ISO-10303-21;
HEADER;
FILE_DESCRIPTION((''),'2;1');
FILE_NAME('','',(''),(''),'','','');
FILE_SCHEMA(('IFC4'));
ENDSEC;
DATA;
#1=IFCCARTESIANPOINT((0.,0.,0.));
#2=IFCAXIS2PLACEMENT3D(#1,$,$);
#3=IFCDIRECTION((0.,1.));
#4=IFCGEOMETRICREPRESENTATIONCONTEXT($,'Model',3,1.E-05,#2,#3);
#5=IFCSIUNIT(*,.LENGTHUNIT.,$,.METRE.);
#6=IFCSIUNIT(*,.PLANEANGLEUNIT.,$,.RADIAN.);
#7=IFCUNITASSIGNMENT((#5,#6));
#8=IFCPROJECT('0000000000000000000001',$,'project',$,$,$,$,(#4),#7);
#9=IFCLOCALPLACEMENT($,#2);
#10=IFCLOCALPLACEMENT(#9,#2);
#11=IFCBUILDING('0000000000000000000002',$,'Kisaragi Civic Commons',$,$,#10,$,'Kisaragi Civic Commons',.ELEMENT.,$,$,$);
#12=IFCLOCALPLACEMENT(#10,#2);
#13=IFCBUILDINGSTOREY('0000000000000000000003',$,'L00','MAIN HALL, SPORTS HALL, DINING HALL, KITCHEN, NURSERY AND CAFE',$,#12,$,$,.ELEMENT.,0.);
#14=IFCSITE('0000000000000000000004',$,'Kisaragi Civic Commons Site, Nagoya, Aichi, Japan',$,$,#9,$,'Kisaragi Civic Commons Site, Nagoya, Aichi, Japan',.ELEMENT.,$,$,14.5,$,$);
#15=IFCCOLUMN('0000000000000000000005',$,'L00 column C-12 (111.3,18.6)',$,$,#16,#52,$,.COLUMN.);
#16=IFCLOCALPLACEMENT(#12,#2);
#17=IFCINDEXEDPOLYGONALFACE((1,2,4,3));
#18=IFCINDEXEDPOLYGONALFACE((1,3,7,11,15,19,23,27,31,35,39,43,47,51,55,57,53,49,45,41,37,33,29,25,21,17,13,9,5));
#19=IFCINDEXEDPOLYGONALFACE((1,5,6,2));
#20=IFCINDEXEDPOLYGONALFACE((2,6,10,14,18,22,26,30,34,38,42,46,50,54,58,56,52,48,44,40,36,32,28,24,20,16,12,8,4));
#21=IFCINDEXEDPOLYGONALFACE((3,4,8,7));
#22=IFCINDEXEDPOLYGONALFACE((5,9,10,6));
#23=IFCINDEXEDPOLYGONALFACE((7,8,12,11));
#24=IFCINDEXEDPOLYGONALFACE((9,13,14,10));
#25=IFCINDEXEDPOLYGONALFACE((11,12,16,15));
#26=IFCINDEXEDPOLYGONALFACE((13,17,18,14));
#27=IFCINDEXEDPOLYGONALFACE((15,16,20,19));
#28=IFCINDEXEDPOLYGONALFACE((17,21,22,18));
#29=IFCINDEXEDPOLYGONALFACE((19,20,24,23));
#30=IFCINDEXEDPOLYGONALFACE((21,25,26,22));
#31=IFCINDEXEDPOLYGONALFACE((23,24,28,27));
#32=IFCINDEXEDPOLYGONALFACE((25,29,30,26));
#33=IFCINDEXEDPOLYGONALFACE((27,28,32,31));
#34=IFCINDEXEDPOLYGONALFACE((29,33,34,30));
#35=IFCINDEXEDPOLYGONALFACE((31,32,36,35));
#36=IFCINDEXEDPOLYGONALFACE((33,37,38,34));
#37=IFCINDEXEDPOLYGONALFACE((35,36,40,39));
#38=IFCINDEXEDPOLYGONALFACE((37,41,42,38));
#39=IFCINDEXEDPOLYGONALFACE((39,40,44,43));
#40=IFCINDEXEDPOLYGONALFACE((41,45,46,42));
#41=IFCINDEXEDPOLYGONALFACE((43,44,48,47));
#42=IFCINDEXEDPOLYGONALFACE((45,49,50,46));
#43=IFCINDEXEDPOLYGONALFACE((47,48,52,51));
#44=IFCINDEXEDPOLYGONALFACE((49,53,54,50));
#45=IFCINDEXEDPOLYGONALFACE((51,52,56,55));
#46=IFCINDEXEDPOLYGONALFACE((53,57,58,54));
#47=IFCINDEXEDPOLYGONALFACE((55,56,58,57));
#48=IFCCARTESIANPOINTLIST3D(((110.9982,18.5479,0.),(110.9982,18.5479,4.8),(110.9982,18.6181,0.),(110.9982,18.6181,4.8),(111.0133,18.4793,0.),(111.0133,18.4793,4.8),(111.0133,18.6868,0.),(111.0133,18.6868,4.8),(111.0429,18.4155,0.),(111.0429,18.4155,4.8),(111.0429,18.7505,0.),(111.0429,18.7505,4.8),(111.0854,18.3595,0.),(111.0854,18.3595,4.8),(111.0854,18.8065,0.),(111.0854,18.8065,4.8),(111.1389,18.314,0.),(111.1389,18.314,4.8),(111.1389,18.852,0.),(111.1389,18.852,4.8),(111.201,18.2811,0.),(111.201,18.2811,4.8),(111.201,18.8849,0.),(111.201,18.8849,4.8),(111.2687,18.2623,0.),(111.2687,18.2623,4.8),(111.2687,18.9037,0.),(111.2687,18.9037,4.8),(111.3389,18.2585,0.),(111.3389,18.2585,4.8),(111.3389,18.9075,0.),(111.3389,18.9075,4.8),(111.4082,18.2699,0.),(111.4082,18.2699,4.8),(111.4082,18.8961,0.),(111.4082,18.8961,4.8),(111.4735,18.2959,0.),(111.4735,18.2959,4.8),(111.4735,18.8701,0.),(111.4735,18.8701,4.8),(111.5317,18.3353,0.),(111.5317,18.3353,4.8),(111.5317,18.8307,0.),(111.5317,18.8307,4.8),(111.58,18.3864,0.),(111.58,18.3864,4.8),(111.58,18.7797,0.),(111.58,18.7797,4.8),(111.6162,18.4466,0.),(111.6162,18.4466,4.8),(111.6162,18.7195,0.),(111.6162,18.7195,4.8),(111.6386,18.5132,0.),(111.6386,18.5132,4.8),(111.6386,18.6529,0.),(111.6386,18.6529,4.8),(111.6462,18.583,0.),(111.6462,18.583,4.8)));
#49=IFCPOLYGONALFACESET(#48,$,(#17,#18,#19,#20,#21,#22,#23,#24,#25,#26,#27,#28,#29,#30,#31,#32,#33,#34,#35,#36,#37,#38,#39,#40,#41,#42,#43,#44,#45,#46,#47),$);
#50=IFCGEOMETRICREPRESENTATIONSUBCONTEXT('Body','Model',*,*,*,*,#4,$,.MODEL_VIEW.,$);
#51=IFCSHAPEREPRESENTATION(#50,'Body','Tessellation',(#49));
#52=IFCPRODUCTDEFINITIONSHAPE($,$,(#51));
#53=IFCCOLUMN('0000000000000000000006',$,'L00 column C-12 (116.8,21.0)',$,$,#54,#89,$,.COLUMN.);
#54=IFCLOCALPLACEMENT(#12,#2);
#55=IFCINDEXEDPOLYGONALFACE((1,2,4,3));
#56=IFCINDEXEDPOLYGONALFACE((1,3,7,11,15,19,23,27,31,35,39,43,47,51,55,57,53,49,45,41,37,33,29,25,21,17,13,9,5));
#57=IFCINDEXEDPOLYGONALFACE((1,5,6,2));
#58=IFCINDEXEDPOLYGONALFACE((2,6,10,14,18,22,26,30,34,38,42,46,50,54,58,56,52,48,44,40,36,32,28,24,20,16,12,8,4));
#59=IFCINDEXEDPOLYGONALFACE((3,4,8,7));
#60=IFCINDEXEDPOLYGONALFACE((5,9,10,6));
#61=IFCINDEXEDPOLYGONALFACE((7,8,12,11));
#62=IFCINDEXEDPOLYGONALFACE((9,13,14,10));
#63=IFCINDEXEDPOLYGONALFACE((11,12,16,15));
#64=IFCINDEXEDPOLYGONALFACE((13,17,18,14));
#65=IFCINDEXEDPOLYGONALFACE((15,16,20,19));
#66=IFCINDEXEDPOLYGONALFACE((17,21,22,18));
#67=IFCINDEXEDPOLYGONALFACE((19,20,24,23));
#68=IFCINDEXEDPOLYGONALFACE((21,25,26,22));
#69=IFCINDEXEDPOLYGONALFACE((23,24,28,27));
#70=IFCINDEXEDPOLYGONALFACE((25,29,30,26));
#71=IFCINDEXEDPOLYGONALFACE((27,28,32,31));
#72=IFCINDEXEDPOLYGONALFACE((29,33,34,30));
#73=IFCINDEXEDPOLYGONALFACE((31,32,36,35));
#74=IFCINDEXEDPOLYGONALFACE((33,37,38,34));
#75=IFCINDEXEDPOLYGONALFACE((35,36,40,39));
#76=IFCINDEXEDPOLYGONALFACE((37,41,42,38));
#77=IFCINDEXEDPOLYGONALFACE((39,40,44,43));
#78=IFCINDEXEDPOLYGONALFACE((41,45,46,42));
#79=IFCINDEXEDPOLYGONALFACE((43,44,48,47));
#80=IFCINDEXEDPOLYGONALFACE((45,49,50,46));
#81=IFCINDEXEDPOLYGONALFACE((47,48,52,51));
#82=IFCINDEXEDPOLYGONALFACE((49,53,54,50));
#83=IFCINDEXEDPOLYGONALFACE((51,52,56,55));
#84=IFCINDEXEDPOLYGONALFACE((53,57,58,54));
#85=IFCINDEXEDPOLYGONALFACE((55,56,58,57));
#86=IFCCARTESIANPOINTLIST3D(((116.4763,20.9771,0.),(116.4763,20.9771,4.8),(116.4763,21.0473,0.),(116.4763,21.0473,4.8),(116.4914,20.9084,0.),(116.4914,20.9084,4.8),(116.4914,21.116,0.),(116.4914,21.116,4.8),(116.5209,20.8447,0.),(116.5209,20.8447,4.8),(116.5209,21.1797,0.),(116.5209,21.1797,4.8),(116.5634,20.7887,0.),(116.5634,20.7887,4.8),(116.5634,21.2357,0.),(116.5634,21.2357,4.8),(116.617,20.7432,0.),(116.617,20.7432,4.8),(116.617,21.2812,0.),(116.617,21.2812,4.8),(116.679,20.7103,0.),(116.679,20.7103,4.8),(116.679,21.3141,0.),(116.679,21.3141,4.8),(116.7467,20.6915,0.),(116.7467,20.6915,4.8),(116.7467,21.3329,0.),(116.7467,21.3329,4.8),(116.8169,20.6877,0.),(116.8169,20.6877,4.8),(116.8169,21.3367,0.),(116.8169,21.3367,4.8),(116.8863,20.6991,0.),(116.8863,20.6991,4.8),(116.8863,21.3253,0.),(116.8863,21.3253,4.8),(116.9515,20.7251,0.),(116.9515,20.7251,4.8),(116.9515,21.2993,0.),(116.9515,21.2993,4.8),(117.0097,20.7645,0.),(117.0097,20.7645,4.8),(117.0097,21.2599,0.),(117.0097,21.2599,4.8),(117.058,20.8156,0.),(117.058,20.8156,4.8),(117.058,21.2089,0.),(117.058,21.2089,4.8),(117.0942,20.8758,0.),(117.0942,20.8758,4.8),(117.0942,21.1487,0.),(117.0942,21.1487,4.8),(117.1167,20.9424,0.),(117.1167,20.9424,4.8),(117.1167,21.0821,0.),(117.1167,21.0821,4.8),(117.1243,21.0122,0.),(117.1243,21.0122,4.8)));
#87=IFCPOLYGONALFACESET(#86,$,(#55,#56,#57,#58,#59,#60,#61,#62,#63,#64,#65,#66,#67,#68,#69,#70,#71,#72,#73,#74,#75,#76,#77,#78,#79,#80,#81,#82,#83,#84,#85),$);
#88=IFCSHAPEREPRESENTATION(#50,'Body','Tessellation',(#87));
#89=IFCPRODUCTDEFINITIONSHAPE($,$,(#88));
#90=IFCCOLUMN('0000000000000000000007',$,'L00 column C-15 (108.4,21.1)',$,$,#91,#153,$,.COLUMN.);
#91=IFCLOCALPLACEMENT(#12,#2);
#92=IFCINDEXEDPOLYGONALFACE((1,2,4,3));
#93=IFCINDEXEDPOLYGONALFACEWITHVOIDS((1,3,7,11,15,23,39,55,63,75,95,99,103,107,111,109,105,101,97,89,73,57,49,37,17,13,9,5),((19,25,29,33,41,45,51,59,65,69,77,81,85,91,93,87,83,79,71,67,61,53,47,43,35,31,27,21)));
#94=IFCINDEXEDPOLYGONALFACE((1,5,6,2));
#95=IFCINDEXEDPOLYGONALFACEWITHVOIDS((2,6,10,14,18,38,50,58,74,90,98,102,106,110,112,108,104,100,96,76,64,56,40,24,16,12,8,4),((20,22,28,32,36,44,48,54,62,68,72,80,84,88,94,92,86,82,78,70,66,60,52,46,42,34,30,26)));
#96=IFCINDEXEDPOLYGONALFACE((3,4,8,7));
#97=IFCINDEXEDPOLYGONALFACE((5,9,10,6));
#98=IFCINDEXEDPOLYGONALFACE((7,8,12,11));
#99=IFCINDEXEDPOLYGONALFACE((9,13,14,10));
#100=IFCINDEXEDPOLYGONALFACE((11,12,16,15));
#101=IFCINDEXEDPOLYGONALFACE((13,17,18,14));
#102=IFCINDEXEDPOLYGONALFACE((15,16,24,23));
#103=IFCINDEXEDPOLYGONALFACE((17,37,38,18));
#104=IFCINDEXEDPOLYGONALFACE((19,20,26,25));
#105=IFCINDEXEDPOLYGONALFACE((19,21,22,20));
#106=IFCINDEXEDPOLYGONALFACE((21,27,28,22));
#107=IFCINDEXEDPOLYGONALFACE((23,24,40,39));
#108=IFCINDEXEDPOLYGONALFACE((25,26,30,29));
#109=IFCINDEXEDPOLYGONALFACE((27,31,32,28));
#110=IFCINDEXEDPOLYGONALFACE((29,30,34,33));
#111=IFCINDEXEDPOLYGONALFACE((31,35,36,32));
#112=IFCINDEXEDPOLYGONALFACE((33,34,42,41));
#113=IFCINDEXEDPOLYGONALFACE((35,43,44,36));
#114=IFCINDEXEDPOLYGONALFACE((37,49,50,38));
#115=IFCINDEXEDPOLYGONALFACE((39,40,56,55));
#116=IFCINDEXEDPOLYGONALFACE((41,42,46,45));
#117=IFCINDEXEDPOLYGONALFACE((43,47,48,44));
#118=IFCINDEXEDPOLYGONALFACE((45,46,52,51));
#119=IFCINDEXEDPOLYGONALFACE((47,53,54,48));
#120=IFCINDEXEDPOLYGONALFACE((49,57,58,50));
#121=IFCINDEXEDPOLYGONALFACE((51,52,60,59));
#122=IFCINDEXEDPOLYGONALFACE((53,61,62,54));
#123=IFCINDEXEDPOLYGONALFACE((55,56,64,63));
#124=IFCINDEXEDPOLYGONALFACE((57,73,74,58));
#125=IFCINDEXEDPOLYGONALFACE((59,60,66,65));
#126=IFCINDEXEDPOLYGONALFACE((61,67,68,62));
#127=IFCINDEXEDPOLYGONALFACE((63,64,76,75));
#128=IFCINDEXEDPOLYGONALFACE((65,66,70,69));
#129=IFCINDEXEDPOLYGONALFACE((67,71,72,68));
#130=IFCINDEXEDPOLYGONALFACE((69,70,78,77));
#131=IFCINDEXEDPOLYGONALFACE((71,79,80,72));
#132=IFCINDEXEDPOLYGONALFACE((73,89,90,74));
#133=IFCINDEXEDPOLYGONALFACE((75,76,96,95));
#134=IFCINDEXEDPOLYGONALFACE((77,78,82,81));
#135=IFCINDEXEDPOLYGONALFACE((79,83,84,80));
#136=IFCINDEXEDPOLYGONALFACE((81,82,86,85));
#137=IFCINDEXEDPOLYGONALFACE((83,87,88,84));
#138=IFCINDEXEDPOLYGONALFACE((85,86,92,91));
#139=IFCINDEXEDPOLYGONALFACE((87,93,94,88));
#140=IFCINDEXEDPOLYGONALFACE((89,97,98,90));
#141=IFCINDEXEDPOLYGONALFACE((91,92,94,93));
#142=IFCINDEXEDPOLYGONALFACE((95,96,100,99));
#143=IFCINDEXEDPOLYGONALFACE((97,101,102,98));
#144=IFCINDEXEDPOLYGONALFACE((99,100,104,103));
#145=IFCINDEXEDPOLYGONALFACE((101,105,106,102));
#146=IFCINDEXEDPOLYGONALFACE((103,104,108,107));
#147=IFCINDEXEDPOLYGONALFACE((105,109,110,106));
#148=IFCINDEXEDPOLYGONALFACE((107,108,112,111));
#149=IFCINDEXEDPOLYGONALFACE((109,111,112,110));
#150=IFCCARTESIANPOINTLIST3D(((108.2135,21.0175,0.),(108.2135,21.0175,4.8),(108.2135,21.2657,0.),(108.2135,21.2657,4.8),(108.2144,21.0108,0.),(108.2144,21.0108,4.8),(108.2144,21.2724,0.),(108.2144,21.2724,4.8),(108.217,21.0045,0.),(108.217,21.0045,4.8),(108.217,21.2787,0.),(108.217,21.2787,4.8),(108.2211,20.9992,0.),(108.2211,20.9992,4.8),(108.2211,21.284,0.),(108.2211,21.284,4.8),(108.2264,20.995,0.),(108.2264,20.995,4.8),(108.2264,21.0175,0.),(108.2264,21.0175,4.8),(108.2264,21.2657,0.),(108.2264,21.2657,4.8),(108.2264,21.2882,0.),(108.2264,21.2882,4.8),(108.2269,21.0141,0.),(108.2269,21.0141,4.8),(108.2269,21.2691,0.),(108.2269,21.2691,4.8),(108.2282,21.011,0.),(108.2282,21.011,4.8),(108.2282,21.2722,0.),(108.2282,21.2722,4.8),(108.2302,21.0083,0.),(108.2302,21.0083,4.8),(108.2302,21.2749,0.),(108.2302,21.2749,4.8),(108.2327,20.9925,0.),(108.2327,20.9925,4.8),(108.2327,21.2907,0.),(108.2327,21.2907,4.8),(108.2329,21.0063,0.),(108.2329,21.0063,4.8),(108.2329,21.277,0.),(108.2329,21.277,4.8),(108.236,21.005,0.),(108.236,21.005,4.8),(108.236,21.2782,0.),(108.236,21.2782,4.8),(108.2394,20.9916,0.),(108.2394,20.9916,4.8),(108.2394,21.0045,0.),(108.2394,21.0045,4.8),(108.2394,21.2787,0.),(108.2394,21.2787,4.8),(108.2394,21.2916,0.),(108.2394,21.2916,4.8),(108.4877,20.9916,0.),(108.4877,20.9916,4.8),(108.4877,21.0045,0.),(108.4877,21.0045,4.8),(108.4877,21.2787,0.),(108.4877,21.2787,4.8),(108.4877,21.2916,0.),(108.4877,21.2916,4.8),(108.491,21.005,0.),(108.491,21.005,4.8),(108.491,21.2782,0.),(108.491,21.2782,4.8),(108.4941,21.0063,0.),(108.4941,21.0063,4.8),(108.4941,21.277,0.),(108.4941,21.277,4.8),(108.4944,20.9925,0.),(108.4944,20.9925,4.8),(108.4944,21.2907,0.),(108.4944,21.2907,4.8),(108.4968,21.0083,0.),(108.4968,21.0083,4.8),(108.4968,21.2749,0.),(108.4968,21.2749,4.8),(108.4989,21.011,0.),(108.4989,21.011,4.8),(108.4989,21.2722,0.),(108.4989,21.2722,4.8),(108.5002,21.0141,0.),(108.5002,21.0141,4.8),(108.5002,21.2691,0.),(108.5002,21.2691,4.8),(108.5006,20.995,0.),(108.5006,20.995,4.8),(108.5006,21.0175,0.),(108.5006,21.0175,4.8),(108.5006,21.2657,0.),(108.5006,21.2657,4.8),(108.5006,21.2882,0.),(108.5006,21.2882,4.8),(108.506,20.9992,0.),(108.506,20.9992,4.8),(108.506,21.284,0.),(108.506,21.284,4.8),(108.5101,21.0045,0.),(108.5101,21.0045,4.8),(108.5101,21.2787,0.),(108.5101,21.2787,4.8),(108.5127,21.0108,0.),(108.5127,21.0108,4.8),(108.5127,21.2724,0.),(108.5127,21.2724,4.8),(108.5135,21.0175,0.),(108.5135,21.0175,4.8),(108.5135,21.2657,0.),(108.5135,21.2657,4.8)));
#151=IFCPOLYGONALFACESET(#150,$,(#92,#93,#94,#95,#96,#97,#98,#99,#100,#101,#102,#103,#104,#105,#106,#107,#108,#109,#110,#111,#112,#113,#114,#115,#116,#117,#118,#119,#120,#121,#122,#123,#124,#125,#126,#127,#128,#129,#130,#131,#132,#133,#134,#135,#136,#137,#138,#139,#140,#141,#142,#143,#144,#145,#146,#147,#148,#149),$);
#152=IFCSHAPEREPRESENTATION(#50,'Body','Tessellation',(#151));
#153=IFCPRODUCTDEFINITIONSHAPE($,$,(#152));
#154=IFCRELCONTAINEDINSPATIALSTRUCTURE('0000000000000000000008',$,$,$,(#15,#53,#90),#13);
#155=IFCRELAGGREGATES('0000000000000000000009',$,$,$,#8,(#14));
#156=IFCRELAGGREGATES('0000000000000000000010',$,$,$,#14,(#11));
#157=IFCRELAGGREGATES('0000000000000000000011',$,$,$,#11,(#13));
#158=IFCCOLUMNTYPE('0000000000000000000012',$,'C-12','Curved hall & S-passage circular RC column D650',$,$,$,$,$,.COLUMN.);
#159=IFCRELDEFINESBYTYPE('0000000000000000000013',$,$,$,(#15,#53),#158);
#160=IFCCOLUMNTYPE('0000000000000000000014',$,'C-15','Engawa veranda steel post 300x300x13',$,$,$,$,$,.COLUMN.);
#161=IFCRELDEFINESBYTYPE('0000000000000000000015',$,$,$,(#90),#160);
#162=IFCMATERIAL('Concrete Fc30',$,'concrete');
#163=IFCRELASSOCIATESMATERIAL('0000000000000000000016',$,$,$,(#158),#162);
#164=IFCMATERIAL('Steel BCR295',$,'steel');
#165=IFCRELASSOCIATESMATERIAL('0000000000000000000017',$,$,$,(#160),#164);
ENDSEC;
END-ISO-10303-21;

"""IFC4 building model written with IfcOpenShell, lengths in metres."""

from ifc_helpers import new_model, si_unit, direction, frame, origin, origin_2d, place, context, subcontext, project, spatial, hollow_rectangle, circle, extrude, material, material_profile, profile_set, type_object, element, save


model = new_model("IFC4")

# Units and contexts
model_context = context("Model", 3, precision=1e-05, world=origin(), true_north=direction((0.0, 1.0)))
body_context = subcontext(model_context, "Body", "Model", "MODEL_VIEW")
ifc_project = project(units=[si_unit("LENGTHUNIT", "METRE"), si_unit("PLANEANGLEUNIT", "RADIAN")], contexts=[model_context])

# Site, building, storey
site_placement = place(None, origin())
site = spatial("IfcSite", under=ifc_project, at=site_placement, Name="Kisaragi Civic Commons Site, Nagoya, Aichi, Japan", LongName="Kisaragi Civic Commons Site, Nagoya, Aichi, Japan", CompositionType="ELEMENT", RefElevation=14.5)
building_placement = place(site_placement, origin())
building = spatial("IfcBuilding", under=site, at=building_placement, Name="Kisaragi Civic Commons", LongName="Kisaragi Civic Commons", CompositionType="ELEMENT")
storey_placement = place(building_placement, origin())
storey = spatial("IfcBuildingStorey", under=building, at=storey_placement, Name="L00", Description="MAIN HALL, SPORTS HALL, DINING HALL, KITCHEN, NURSERY AND CAFE", CompositionType="ELEMENT", Elevation=0.0)

# Columns
ifc_material_1 = material(Name="Concrete Fc30", Category="concrete")
ifc_material_profile_1 = material_profile(ifc_material_1, circle(Radius=0.325, at=origin_2d()), Name="RC-D650", Category="concrete")
ifc_profile_set_1 = profile_set([ifc_material_profile_1], Name="Concrete Fc30")
column_type_1 = type_object("IfcColumnType", Name="C-12", Description="Curved hall & S-passage circular RC column D650", PredefinedType="COLUMN", material=ifc_profile_set_1)
for number, where, z_axis, x_axis, name in (
    (1, (111.3213, 18.583, 0.0), (0.0, 0.0, 1.0), (1.0, 0.0, 0.0), "L00 column C-12 (111.3,18.6)"),
    (2, (116.7993, 21.0122, 0.0), (0.0, 0.0, 1.0), (1.0, 0.0, 0.0), "L00 column C-12 (116.8,21.0)"),
):
    element("IfcColumn", number, at=place(storey_placement, frame(where, z_axis=z_axis, x_axis=x_axis)), inside=storey, type_object=column_type_1, Name=name, PredefinedType="COLUMN", context=body_context, shape_type="SweptSolid", body=[
        extrude(circle(Radius=0.325, at=origin_2d()), origin(), (0.0, 0.0, 1.0), 4.8),
    ])
ifc_material_2 = material(Name="Steel BCR295", Category="steel")
ifc_material_profile_2 = material_profile(ifc_material_2, hollow_rectangle(XDim=0.3, YDim=0.3, WallThickness=0.0129, InnerFilletRadius=0.0129, OuterFilletRadius=0.0259, at=origin_2d()), Name="BCR-300x300x13", Category="steel")
ifc_profile_set_2 = profile_set([ifc_material_profile_2], Name="Steel BCR295")
column_type_2 = type_object("IfcColumnType", Name="C-15", Description="Engawa veranda steel post 300x300x13", PredefinedType="COLUMN", material=ifc_profile_set_2)
for number, where, z_axis, x_axis, name in (
    (3, (108.3635, 21.1416, 0.0), (0.0, 0.0, 1.0), (1.0, 0.0, 0.0), "L00 column C-15 (108.4,21.1)"),
):
    element("IfcColumn", number, at=place(storey_placement, frame(where, z_axis=z_axis, x_axis=x_axis)), inside=storey, type_object=column_type_2, Name=name, PredefinedType="COLUMN", context=body_context, shape_type="SweptSolid", body=[
        extrude(hollow_rectangle(XDim=0.3, YDim=0.3, WallThickness=0.0129, InnerFilletRadius=0.0129, OuterFilletRadius=0.0259, at=origin_2d()), origin(), (0.0, 0.0, 1.0), 4.8),
    ])

save(model, "model.ifc")
